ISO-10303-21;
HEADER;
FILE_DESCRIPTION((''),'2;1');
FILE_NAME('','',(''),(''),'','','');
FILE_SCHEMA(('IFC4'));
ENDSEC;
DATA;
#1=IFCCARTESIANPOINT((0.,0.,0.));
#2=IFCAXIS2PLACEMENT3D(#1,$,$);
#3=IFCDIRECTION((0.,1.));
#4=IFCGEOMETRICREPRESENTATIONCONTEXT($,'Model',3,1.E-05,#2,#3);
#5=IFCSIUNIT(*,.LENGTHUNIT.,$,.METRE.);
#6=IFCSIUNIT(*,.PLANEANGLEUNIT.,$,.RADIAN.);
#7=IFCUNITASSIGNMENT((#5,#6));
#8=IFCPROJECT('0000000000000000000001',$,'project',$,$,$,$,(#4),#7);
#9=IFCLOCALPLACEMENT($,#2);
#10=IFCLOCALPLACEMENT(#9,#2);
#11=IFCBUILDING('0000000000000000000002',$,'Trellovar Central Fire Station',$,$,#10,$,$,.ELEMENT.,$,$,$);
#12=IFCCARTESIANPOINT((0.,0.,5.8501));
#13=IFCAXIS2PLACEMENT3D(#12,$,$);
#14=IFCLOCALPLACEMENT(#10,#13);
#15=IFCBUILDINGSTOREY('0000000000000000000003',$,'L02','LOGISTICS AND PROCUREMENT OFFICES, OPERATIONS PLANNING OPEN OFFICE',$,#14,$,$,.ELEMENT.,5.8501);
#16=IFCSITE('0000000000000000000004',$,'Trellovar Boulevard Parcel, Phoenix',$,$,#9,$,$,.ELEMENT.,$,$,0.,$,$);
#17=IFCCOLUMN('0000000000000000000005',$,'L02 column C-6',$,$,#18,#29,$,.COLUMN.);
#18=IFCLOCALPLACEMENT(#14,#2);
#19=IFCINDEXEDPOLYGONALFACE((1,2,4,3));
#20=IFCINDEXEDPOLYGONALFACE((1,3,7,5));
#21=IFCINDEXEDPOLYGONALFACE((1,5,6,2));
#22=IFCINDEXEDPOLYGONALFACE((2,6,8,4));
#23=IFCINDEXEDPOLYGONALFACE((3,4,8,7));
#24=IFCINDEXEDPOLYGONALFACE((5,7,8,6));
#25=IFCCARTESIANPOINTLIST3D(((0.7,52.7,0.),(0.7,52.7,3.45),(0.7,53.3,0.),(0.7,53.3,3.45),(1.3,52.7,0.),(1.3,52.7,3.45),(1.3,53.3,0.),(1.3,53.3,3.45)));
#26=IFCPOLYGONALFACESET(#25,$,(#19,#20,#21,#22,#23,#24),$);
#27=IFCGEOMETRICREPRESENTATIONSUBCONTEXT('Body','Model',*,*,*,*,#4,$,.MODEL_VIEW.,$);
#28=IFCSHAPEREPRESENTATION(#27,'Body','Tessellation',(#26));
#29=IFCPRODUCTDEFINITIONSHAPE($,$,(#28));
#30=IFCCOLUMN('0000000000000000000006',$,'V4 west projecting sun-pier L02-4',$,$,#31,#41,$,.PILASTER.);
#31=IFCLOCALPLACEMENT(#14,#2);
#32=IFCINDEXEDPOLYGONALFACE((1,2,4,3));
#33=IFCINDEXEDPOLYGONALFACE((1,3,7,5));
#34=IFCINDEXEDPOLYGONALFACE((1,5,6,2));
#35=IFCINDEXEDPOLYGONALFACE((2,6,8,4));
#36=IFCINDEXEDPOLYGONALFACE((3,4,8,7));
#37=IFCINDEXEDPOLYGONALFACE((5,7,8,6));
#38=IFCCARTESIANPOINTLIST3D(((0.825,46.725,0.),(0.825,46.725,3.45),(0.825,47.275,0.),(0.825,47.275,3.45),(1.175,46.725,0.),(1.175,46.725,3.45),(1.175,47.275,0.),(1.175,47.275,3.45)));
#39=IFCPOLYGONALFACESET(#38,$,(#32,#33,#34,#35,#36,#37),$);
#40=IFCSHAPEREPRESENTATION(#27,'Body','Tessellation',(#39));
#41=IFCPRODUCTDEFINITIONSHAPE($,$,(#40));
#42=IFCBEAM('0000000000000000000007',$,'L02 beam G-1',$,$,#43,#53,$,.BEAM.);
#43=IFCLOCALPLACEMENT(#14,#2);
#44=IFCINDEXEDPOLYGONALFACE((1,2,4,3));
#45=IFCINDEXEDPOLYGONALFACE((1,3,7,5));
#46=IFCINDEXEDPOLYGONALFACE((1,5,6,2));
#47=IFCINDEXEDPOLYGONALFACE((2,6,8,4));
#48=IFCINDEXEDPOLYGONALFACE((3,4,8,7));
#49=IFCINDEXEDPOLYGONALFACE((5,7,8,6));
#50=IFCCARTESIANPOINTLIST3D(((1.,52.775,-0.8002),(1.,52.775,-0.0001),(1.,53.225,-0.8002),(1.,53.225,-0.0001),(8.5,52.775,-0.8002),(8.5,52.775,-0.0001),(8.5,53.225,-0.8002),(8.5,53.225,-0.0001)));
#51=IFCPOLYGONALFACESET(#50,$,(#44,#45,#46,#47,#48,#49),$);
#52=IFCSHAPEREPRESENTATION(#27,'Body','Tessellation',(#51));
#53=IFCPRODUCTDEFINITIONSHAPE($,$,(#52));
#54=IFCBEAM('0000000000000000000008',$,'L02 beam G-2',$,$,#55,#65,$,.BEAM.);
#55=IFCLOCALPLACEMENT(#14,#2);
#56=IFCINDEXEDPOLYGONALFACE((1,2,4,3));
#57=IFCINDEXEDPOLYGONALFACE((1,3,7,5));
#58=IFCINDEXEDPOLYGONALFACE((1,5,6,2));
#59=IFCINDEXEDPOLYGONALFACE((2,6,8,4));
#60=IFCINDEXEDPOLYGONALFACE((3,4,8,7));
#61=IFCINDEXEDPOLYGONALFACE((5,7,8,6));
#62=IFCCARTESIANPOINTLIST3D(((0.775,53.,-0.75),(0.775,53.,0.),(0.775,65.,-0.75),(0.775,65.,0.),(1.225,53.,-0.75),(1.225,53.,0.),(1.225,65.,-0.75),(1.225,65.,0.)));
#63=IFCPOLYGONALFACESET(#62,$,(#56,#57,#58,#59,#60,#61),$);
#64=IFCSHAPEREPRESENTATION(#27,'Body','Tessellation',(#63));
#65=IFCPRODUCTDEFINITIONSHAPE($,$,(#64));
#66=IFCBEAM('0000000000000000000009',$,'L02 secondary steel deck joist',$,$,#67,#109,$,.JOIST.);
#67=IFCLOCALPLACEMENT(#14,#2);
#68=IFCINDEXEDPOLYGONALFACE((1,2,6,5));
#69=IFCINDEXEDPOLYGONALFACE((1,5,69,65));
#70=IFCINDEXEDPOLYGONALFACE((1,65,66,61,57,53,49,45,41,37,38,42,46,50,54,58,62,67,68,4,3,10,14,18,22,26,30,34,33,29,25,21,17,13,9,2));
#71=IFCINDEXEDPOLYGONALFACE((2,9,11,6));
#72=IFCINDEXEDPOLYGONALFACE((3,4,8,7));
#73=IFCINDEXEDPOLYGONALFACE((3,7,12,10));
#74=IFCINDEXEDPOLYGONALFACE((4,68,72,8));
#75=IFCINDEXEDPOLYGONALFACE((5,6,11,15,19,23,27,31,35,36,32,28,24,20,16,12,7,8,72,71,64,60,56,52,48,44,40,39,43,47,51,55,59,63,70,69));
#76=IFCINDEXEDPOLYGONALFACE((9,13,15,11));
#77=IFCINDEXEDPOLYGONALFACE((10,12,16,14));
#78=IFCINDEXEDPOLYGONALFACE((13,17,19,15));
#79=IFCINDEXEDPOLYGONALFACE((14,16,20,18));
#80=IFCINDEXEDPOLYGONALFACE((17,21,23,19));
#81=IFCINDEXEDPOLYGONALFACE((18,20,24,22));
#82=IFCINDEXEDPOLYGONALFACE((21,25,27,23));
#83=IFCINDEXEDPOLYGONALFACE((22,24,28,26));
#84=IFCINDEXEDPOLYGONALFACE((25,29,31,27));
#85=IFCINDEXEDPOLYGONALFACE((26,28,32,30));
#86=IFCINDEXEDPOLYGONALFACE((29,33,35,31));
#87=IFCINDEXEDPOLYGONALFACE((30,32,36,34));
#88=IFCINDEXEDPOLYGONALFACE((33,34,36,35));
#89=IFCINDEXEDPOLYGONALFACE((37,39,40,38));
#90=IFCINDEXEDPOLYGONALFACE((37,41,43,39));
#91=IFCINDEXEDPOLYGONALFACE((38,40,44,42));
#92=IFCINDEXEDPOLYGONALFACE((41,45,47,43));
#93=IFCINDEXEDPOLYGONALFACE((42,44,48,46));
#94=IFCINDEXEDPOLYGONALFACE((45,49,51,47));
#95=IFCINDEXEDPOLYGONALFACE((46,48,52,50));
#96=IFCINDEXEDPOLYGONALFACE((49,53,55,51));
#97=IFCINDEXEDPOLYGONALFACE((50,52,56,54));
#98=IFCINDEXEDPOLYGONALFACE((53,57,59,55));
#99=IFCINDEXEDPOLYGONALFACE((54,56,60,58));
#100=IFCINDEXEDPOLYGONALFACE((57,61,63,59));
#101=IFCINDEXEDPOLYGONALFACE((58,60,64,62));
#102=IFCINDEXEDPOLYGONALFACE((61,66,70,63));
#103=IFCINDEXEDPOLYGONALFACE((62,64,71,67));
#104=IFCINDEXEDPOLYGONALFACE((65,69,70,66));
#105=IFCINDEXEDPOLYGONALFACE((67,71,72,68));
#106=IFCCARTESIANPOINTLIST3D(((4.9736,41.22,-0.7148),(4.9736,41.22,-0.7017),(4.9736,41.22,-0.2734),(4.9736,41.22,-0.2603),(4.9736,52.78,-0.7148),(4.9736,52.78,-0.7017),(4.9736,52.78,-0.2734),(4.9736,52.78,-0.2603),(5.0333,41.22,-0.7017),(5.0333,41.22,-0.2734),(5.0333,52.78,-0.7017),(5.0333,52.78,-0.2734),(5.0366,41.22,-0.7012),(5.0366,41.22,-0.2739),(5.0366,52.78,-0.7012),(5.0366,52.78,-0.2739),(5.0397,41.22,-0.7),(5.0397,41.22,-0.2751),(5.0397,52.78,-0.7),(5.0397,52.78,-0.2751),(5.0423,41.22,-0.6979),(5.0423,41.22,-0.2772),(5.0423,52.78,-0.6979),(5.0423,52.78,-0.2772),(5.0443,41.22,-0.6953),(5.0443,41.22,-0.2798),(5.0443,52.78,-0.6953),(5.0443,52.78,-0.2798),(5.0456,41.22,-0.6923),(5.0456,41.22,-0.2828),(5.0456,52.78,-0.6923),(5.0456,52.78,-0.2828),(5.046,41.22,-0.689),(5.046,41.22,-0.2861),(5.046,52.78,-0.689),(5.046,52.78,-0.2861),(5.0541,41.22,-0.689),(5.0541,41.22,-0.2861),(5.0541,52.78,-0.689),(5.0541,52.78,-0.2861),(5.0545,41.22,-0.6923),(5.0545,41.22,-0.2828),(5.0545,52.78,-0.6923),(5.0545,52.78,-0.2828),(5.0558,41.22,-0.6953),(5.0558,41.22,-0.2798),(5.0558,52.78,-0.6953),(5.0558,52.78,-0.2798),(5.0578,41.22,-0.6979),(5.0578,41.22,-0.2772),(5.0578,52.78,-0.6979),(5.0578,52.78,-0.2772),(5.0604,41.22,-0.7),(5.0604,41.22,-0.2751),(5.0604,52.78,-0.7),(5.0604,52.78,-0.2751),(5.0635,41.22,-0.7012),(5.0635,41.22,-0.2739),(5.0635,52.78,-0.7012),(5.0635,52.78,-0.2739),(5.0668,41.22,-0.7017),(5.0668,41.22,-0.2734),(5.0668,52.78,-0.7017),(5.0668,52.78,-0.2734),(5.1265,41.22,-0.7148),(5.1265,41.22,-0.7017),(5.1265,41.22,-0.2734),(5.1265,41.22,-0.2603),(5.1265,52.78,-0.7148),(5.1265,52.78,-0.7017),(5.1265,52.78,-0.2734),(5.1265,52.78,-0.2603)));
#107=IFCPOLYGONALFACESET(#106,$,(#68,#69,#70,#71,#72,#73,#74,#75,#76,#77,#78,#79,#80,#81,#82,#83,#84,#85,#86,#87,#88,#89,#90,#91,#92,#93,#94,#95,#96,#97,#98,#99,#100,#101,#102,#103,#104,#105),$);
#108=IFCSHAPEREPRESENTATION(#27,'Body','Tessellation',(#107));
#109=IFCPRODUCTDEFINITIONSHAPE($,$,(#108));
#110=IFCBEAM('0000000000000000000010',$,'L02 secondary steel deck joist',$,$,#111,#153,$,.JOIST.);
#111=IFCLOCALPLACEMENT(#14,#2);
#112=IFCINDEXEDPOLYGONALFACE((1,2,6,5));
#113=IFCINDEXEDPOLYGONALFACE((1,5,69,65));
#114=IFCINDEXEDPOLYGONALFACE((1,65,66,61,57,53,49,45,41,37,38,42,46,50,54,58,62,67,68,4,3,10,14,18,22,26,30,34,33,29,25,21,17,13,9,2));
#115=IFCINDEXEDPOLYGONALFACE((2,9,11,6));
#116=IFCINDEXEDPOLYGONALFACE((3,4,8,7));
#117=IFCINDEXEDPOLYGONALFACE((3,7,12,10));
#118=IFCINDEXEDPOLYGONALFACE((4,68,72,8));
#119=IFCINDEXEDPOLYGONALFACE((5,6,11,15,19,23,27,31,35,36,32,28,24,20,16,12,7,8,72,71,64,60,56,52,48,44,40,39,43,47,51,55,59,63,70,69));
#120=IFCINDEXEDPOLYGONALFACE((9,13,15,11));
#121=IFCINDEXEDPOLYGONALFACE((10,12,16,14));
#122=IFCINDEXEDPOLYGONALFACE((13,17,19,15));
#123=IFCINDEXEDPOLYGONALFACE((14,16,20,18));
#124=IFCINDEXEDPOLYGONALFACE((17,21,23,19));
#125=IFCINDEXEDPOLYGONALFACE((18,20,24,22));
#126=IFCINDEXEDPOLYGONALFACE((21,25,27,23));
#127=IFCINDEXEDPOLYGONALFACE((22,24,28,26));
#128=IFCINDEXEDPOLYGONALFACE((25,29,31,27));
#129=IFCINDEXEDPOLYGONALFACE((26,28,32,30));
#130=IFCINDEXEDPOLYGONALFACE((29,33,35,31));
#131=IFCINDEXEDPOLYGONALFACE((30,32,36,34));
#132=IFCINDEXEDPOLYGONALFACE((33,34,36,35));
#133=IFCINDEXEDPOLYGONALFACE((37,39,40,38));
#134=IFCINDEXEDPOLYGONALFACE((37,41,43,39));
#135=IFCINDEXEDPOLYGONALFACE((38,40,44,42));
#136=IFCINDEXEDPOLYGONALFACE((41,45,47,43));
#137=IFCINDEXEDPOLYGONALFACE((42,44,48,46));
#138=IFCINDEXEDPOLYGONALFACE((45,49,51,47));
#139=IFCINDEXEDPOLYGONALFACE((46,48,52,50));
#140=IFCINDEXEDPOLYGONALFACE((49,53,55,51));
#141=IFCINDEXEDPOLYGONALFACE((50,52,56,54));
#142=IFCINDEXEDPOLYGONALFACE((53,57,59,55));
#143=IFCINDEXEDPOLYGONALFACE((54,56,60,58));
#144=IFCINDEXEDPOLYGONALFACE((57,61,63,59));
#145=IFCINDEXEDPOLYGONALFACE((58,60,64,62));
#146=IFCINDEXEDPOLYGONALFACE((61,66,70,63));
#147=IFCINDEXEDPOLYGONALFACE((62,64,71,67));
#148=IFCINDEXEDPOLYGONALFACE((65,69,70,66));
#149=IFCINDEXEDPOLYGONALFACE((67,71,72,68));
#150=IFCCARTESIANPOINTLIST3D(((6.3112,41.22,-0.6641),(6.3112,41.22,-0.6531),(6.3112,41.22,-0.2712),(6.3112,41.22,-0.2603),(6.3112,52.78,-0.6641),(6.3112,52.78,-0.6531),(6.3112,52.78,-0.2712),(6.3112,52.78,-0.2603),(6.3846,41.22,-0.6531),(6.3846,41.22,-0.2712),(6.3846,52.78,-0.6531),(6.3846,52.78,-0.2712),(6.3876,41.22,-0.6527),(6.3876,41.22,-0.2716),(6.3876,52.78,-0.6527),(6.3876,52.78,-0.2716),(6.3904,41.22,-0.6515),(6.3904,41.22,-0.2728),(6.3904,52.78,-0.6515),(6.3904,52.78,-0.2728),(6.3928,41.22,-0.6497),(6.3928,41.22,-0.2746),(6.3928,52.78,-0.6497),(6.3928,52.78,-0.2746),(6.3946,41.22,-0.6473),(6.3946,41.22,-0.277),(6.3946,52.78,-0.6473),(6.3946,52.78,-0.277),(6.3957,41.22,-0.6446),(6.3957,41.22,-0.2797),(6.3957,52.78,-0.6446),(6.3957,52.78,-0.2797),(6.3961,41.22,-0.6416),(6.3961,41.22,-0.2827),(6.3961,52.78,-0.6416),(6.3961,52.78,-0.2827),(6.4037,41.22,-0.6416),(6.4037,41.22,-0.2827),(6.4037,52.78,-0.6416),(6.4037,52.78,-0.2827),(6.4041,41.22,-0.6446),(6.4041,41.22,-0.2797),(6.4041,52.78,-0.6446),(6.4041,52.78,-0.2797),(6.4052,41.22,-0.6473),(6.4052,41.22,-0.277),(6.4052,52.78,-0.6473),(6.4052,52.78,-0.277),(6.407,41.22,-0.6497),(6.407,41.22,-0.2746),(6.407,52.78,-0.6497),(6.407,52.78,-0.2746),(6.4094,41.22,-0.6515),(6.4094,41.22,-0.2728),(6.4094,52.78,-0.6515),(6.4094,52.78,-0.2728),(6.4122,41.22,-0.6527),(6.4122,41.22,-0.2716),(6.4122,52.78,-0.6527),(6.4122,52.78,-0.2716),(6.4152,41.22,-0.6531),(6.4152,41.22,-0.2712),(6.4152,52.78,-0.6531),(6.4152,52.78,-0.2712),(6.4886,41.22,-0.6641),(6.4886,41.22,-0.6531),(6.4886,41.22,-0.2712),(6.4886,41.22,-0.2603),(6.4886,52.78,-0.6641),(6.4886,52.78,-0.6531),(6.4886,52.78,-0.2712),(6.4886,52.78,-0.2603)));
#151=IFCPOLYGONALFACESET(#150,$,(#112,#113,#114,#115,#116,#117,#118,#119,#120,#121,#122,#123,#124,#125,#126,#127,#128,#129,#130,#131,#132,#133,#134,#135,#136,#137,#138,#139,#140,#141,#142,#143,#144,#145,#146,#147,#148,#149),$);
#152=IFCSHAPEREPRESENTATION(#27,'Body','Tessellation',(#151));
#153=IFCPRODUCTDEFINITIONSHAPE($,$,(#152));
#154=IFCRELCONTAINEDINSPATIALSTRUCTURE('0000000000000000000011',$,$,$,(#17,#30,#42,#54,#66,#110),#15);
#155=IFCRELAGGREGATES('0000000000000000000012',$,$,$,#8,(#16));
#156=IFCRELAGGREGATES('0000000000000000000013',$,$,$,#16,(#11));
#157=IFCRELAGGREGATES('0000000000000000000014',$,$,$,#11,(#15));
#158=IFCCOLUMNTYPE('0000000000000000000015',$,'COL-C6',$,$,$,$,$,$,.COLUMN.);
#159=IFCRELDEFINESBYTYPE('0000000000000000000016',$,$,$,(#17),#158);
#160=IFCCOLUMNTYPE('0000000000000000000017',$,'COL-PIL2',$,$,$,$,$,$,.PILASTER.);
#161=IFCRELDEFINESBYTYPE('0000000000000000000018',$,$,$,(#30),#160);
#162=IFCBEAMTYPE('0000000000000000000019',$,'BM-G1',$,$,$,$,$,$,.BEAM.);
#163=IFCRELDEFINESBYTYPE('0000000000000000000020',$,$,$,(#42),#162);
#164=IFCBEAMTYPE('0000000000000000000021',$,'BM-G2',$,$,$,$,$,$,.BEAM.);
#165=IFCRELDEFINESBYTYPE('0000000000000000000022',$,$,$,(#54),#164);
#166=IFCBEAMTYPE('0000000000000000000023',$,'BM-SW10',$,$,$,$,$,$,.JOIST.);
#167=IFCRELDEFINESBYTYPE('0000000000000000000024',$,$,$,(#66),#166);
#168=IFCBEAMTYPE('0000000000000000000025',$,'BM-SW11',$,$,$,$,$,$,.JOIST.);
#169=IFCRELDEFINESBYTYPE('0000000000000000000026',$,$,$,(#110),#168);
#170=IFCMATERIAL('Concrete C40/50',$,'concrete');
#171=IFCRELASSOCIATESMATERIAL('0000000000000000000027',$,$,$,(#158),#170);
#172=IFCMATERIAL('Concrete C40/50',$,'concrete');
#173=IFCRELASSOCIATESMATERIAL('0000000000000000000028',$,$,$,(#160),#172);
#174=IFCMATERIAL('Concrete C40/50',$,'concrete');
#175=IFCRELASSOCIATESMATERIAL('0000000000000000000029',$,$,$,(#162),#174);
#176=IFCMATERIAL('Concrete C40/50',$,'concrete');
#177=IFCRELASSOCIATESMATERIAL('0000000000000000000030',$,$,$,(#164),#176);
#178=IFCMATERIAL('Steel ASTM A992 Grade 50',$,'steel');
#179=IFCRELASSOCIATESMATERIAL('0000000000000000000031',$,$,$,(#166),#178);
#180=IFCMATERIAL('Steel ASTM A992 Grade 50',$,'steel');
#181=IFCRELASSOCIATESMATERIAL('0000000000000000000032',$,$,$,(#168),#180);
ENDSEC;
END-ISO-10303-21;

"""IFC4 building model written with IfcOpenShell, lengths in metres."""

from ifc_helpers import new_model, si_unit, direction, frame, origin, origin_2d, place, context, subcontext, project, spatial, rectangle, i_section, extrude, material, material_profile, profile_set, type_object, element, save


model = new_model("IFC4")

# Units and contexts
model_context = context("Model", 3, precision=1e-05, world=origin(), true_north=direction((0.0, 1.0)))
body_context = subcontext(model_context, "Body", "Model", "MODEL_VIEW")
ifc_project = project(units=[si_unit("LENGTHUNIT", "METRE"), si_unit("PLANEANGLEUNIT", "RADIAN")], contexts=[model_context])

# Site, building, storey
site_placement = place(None, origin())
site = spatial("IfcSite", under=ifc_project, at=site_placement, Name="Trellovar Boulevard Parcel, Phoenix", CompositionType="ELEMENT", RefElevation=0.0)
building_placement = place(site_placement, origin())
building = spatial("IfcBuilding", under=site, at=building_placement, Name="Trellovar Central Fire Station", CompositionType="ELEMENT")
storey_placement = place(building_placement, frame((0.0, 0.0, 5.8501)))
storey = spatial("IfcBuildingStorey", under=building, at=storey_placement, Name="L02", Description="LOGISTICS AND PROCUREMENT OFFICES, OPERATIONS PLANNING OPEN OFFICE", CompositionType="ELEMENT", Elevation=5.8501)

# Columns
ifc_material_1 = material(Name="Concrete C40/50", Category="concrete")
ifc_material_profile_1 = material_profile(ifc_material_1, rectangle(XDim=0.6001, YDim=0.6001, at=origin_2d()), Name="RC600X600")
ifc_profile_set_1 = profile_set([ifc_material_profile_1], Name="Concrete C40/50")
column_type_1 = type_object("IfcColumnType", Name="COL-C6", PredefinedType="COLUMN", material=ifc_profile_set_1)
column_1_placement = place(storey_placement, frame((1.0, 53.0, 0.0), z_axis=(0.0, 0.0, 1.0), x_axis=(1.0, 0.0, 0.0)))
element("IfcColumn", 1, at=column_1_placement, inside=storey, type_object=column_type_1, Name="L02 column C-6", PredefinedType="COLUMN", context=body_context, shape_type="SweptSolid", body=[
    extrude(rectangle(XDim=0.6001, YDim=0.6001, at=origin_2d()), origin(), (0.0, 0.0, 1.0), 3.45),
])
ifc_material_2 = material(Name="Concrete C40/50", Category="concrete")
ifc_material_profile_2 = material_profile(ifc_material_2, rectangle(XDim=0.3501, YDim=0.55, at=origin_2d()), Name="RC350X550")
ifc_profile_set_2 = profile_set([ifc_material_profile_2], Name="Concrete C40/50")
column_type_2 = type_object("IfcColumnType", Name="COL-PIL2", PredefinedType="PILASTER", material=ifc_profile_set_2)
column_2_placement = place(storey_placement, frame((1.0, 47.0, 0.0), z_axis=(0.0, 0.0, 1.0), x_axis=(1.0, 0.0, 0.0)))
element("IfcColumn", 2, at=column_2_placement, inside=storey, type_object=column_type_2, Name="V4 west projecting sun-pier L02-4", PredefinedType="PILASTER", context=body_context, shape_type="SweptSolid", body=[
    extrude(rectangle(XDim=0.3501, YDim=0.55, at=origin_2d()), origin(), (0.0, 0.0, 1.0), 3.45),
])

# Beams
ifc_material_3 = material(Name="Concrete C40/50", Category="concrete")
ifc_material_profile_3 = material_profile(ifc_material_3, rectangle(XDim=0.45, YDim=0.8, at=origin_2d()), Name="RC450X800")
ifc_profile_set_3 = profile_set([ifc_material_profile_3], Name="Concrete C40/50")
beam_type_1 = type_object("IfcBeamType", Name="BM-G1", PredefinedType="BEAM", material=ifc_profile_set_3)
beam_1_placement = place(storey_placement, frame((1.0, 53.0, -0.4001), z_axis=(1.0, 0.0, 0.0), x_axis=(0.0, 1.0, 0.0)))
element("IfcBeam", 3, at=beam_1_placement, inside=storey, type_object=beam_type_1, Name="L02 beam G-1", PredefinedType="BEAM", context=body_context, shape_type="SweptSolid", body=[
    extrude(rectangle(XDim=0.45, YDim=0.8, at=origin_2d()), origin(), (0.0, 0.0, 1.0), 7.5),
])
ifc_material_4 = material(Name="Concrete C40/50", Category="concrete")
ifc_material_profile_4 = material_profile(ifc_material_4, rectangle(XDim=0.45, YDim=0.75, at=origin_2d()), Name="RC450X750")
ifc_profile_set_4 = profile_set([ifc_material_profile_4], Name="Concrete C40/50")
beam_type_2 = type_object("IfcBeamType", Name="BM-G2", PredefinedType="BEAM", material=ifc_profile_set_4)
beam_2_placement = place(storey_placement, frame((1.0, 53.0, -0.375), z_axis=(0.0, 1.0, 0.0), x_axis=(-1.0, 0.0, 0.0)))
element("IfcBeam", 4, at=beam_2_placement, inside=storey, type_object=beam_type_2, Name="L02 beam G-2", PredefinedType="BEAM", context=body_context, shape_type="SweptSolid", body=[
    extrude(rectangle(XDim=0.45, YDim=0.75, at=origin_2d()), origin(), (0.0, 0.0, 1.0), 12.0),
])
ifc_material_5 = material(Name="Steel ASTM A992 Grade 50", Category="steel")
ifc_material_profile_5 = material_profile(ifc_material_5, i_section(OverallWidth=0.1528, OverallDepth=0.4546, WebThickness=0.0081, FlangeThickness=0.0132, FilletRadius=0.0127, at=origin_2d()), Name="W18X40")
ifc_profile_set_5 = profile_set([ifc_material_profile_5], Name="Steel ASTM A992 Grade 50")
beam_type_3 = type_object("IfcBeamType", Name="BM-SW10", PredefinedType="JOIST", material=ifc_profile_set_5)
beam_3_placement = place(storey_placement, frame((5.05, 41.22, -0.4875), z_axis=(0.0, 1.0, 0.0), x_axis=(-1.0, 0.0, 0.0)))
element("IfcBeam", 5, at=beam_3_placement, inside=storey, type_object=beam_type_3, Name="L02 secondary steel deck joist", PredefinedType="JOIST", context=body_context, shape_type="SweptSolid", body=[
    extrude(i_section(OverallWidth=0.1528, OverallDepth=0.4546, WebThickness=0.0081, FlangeThickness=0.0132, FilletRadius=0.0127, at=origin_2d()), origin(), (0.0, 0.0, 1.0), 11.5601),
])
ifc_material_6 = material(Name="Steel ASTM A992 Grade 50", Category="steel")
ifc_material_profile_6 = material_profile(ifc_material_6, i_section(OverallWidth=0.1775, OverallDepth=0.4038, WebThickness=0.0076, FlangeThickness=0.011, FilletRadius=0.0115, at=origin_2d()), Name="W16X36")
ifc_profile_set_6 = profile_set([ifc_material_profile_6], Name="Steel ASTM A992 Grade 50")
beam_type_4 = type_object("IfcBeamType", Name="BM-SW11", PredefinedType="JOIST", material=ifc_profile_set_6)
beam_4_placement = place(storey_placement, frame((6.3999, 41.22, -0.4622), z_axis=(0.0, 1.0, 0.0), x_axis=(-1.0, 0.0, 0.0)))
element("IfcBeam", 6, at=beam_4_placement, inside=storey, type_object=beam_type_4, Name="L02 secondary steel deck joist", PredefinedType="JOIST", context=body_context, shape_type="SweptSolid", body=[
    extrude(i_section(OverallWidth=0.1775, OverallDepth=0.4038, WebThickness=0.0076, FlangeThickness=0.011, FilletRadius=0.0115, at=origin_2d()), origin(), (0.0, 0.0, 1.0), 11.5601),
])

save(model, "model.ifc")
